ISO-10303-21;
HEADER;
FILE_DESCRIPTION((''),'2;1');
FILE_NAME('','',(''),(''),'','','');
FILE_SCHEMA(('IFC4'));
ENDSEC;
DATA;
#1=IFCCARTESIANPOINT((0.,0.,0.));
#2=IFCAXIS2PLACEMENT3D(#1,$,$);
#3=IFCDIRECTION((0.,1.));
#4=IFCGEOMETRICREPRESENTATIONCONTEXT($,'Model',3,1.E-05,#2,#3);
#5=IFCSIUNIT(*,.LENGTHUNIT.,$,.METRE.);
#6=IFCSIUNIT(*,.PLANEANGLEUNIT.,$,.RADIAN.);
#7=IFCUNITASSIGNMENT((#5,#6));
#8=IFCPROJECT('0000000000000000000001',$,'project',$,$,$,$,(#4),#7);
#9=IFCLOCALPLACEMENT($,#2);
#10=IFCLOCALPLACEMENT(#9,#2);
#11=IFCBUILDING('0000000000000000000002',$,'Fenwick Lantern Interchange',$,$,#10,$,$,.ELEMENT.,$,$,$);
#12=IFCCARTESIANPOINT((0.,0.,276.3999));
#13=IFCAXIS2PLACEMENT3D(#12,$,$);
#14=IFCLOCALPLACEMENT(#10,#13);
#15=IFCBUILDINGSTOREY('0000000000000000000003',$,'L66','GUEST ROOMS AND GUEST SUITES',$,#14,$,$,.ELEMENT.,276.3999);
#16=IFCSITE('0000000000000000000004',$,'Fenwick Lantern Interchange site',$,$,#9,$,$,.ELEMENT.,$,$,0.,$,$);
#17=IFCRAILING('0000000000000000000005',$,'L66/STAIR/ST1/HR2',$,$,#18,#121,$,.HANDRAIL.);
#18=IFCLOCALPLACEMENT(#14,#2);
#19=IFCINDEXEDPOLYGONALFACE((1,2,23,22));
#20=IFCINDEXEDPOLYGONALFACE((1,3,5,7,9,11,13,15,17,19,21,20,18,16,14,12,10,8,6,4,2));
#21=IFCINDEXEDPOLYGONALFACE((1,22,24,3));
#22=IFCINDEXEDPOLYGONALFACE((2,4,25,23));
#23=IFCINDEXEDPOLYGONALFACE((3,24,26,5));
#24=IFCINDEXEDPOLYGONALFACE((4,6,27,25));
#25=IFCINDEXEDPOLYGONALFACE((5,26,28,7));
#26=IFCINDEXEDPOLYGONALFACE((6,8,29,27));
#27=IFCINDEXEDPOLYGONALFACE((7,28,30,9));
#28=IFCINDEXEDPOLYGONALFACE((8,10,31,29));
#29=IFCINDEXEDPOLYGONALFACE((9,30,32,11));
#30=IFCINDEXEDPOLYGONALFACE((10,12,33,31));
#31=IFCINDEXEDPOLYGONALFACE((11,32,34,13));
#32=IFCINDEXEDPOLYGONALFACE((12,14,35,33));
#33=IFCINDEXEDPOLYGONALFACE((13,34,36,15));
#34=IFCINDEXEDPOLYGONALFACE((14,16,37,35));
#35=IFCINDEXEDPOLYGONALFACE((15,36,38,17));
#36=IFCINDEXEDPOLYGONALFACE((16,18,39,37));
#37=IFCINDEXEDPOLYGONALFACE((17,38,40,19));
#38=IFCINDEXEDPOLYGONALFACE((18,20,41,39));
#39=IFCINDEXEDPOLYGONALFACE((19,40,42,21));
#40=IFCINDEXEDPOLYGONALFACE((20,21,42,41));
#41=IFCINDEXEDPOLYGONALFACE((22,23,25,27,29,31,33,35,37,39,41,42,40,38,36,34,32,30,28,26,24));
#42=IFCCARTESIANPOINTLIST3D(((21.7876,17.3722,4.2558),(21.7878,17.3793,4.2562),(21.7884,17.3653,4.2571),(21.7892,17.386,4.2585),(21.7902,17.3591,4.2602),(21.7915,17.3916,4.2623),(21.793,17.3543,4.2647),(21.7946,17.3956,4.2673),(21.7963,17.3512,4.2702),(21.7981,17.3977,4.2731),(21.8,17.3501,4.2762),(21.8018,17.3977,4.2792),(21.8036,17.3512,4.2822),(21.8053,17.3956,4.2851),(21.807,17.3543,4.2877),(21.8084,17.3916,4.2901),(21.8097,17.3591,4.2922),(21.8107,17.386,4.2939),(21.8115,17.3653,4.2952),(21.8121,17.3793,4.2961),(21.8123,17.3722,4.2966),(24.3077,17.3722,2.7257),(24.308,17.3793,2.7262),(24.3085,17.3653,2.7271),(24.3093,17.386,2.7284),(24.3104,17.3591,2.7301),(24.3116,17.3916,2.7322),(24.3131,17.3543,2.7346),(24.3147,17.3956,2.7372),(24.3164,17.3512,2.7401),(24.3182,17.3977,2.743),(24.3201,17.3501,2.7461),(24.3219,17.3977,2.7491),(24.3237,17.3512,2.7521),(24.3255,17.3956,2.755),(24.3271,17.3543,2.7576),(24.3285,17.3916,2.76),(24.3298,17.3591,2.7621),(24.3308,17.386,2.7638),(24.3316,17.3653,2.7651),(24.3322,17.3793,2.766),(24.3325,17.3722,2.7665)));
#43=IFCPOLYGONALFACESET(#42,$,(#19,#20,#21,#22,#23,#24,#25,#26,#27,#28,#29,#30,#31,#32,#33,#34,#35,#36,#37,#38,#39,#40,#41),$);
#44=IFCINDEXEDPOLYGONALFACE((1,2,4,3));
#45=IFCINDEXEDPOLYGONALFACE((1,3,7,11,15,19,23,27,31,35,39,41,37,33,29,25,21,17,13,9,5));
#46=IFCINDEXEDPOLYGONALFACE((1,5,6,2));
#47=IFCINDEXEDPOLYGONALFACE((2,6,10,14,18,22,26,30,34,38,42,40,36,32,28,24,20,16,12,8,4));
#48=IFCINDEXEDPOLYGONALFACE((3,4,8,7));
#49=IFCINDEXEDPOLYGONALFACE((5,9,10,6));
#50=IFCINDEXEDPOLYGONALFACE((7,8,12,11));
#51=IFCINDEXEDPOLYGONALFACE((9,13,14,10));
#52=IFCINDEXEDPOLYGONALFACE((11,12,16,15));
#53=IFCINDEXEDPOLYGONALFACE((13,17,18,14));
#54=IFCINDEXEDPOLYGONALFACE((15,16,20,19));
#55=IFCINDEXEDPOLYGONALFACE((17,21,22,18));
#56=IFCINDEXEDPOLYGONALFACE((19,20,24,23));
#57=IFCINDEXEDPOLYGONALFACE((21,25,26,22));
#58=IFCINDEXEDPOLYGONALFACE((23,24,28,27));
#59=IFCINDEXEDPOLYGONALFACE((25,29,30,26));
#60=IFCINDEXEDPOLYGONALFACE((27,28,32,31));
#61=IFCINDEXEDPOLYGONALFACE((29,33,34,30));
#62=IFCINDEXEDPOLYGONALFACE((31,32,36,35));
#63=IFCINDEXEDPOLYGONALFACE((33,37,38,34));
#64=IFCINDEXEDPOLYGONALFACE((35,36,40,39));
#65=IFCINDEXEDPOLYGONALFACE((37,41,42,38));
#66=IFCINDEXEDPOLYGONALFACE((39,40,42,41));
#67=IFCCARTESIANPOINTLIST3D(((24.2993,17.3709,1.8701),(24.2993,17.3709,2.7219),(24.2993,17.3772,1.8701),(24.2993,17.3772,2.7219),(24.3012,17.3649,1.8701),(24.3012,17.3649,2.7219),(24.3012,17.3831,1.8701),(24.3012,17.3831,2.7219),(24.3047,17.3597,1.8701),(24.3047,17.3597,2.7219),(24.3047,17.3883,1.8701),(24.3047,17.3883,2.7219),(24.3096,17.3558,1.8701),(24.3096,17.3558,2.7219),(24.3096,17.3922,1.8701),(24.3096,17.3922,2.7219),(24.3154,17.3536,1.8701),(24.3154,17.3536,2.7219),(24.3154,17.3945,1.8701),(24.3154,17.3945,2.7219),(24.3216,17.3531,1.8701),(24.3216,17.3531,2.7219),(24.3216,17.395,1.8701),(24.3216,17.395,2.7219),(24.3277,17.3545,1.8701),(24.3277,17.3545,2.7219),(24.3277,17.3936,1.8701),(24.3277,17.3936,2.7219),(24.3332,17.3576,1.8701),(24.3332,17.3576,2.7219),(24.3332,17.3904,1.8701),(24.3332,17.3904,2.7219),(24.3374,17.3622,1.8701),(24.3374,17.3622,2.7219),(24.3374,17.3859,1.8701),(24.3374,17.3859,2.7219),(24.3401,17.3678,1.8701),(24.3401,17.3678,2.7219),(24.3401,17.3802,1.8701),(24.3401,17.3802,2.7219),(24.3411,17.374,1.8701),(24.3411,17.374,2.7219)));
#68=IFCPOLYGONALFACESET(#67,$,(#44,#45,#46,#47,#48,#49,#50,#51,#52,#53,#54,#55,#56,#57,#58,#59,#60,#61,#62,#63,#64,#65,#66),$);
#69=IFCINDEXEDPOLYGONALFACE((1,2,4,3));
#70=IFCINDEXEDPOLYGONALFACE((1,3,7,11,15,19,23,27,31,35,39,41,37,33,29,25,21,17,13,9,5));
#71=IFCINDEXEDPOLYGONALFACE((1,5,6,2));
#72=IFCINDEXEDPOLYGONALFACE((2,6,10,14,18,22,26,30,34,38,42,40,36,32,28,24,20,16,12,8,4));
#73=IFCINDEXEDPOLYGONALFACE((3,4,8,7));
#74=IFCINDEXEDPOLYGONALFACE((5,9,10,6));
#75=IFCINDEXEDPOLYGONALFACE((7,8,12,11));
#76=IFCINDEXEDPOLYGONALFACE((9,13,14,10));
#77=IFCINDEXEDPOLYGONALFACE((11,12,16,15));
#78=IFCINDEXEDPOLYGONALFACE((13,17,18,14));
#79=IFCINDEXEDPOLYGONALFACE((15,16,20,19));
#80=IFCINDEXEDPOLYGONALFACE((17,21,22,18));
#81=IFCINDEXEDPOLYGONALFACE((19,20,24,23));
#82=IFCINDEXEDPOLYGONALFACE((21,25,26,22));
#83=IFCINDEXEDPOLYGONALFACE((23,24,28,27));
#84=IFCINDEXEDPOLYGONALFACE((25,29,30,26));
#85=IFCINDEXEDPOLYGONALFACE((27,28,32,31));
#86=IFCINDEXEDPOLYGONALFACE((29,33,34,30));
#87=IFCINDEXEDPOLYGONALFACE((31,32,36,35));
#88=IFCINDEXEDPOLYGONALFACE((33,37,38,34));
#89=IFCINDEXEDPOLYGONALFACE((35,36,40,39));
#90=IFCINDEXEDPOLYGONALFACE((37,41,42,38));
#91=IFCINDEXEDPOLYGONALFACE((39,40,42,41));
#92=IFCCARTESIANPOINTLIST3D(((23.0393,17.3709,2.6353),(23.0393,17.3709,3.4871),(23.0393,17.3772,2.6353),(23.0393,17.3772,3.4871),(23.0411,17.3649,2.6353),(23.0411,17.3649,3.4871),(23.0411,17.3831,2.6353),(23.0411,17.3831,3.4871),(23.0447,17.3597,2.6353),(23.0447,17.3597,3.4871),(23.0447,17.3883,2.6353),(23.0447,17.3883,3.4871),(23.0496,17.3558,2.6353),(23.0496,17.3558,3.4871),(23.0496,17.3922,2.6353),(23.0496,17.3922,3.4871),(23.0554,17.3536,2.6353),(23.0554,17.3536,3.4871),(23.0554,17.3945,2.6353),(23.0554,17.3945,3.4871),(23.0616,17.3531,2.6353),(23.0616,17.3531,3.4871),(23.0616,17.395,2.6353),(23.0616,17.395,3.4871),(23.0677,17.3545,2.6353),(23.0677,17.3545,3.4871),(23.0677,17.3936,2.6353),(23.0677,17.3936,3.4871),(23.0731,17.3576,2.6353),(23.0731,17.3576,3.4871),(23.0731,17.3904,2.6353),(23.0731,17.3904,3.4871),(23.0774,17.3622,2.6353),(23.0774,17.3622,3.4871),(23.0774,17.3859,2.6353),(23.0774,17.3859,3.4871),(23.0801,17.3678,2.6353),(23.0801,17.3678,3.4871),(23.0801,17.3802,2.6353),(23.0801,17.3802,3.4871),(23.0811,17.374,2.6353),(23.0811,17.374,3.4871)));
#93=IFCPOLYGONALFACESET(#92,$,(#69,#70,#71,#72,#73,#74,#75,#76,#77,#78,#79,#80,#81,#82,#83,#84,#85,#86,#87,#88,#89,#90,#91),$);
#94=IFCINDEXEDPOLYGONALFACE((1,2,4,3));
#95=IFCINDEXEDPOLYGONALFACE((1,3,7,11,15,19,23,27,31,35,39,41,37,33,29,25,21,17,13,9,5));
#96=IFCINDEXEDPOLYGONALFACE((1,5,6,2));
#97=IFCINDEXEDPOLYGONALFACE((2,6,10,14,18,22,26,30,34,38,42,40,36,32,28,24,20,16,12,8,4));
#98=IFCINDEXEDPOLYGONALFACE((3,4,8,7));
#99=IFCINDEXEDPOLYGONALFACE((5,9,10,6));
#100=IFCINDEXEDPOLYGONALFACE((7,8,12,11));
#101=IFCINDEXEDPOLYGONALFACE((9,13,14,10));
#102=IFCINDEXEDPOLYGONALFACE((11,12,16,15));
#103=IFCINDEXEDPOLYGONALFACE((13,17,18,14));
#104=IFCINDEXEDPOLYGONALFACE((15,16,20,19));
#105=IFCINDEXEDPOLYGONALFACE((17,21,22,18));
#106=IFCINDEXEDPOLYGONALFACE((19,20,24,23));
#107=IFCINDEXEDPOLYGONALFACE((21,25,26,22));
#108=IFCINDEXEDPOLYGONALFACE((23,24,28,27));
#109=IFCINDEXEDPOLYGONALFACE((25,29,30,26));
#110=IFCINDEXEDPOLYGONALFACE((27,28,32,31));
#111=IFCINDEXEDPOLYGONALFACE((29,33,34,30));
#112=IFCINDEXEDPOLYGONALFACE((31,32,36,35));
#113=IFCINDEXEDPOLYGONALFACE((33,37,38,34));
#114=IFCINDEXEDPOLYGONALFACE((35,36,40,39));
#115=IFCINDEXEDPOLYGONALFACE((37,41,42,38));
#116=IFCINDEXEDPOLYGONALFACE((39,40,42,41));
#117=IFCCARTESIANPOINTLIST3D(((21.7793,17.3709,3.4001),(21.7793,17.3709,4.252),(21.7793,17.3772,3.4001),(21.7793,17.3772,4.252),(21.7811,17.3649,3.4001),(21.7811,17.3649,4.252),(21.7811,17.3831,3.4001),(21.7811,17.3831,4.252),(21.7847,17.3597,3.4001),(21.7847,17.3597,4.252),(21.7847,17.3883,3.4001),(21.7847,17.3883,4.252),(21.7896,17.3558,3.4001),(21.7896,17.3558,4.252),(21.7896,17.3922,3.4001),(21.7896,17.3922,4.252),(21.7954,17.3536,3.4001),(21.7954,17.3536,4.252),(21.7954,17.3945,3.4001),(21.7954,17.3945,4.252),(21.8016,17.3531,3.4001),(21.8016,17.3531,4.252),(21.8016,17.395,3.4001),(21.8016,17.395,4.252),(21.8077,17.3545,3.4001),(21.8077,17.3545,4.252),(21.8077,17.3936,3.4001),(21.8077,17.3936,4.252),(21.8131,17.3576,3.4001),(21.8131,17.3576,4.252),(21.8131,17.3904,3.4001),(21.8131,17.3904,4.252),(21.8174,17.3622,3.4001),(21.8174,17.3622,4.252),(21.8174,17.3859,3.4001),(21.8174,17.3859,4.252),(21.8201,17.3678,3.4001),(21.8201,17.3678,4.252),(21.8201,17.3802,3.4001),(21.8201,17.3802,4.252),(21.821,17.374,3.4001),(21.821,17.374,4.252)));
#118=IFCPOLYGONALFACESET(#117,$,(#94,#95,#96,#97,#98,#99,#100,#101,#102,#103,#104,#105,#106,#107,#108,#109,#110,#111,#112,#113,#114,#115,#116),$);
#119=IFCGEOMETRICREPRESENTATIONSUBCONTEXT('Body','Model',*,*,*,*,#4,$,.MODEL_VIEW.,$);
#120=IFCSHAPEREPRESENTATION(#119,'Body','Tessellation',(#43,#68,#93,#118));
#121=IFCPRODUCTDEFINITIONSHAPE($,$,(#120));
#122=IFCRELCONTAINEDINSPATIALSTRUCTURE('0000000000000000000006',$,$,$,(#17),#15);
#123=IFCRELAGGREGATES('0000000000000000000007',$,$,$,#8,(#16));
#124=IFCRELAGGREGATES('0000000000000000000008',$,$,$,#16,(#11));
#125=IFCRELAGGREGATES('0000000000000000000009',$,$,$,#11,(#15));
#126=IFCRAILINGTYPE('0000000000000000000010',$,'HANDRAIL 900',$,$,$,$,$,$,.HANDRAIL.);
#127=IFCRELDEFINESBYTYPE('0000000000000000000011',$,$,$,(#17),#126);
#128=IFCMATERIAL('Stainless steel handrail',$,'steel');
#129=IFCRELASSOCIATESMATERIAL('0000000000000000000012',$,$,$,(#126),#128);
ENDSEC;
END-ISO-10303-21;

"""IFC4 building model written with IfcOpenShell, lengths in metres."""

from ifc_helpers import new_model, si_unit, direction, frame, origin, origin_2d, place, context, subcontext, project, spatial, circle, extrude, material, type_object, element, save


model = new_model("IFC4")

# Units and contexts
model_context = context("Model", 3, precision=1e-05, world=origin(), true_north=direction((0.0, 1.0)))
body_context = subcontext(model_context, "Body", "Model", "MODEL_VIEW")
ifc_project = project(units=[si_unit("LENGTHUNIT", "METRE"), si_unit("PLANEANGLEUNIT", "RADIAN")], contexts=[model_context])

# Site, building, storey
site_placement = place(None, origin())
site = spatial("IfcSite", under=ifc_project, at=site_placement, Name="Fenwick Lantern Interchange site", CompositionType="ELEMENT", RefElevation=0.0)
building_placement = place(site_placement, origin())
building = spatial("IfcBuilding", under=site, at=building_placement, Name="Fenwick Lantern Interchange", CompositionType="ELEMENT")
storey_placement = place(building_placement, frame((0.0, 0.0, 276.3999)))
storey = spatial("IfcBuildingStorey", under=building, at=storey_placement, Name="L66", Description="GUEST ROOMS AND GUEST SUITES", CompositionType="ELEMENT", Elevation=276.3999)

# Railing
ifc_material_1 = material(Name="Stainless steel handrail", Category="steel")
railing_type = type_object("IfcRailingType", Name="HANDRAIL 900", PredefinedType="HANDRAIL", material=ifc_material_1)
railing_1_placement = place(storey_placement, frame((24.3201, 17.374, 1.8701)))
element("IfcRailing", 1, at=railing_1_placement, inside=storey, type_object=railing_type, Name="L66/STAIR/ST1/HR2", PredefinedType="HANDRAIL", context=body_context, shape_type="SweptSolid", body=[
    extrude(circle(Radius=0.0239, at=origin_2d()), frame((0.0, 0.0, 0.876), z_axis=(-0.854785, 0.0, 0.518982), x_axis=(0.0, -1.0, 0.0)), (0.0, 0.0, 1.0), 2.9482),
    extrude(circle(Radius=0.021, at=origin_2d()), origin(), (0.0, 0.0, 1.0), 0.8518),
    extrude(circle(Radius=0.021, at=origin_2d()), frame((-1.26, 0.0, 0.7651)), (0.0, 0.0, 1.0), 0.8518),
    extrude(circle(Radius=0.021, at=origin_2d()), frame((-2.52, 0.0, 1.53)), (0.0, 0.0, 1.0), 0.8518),
])

save(model, "model.ifc")
